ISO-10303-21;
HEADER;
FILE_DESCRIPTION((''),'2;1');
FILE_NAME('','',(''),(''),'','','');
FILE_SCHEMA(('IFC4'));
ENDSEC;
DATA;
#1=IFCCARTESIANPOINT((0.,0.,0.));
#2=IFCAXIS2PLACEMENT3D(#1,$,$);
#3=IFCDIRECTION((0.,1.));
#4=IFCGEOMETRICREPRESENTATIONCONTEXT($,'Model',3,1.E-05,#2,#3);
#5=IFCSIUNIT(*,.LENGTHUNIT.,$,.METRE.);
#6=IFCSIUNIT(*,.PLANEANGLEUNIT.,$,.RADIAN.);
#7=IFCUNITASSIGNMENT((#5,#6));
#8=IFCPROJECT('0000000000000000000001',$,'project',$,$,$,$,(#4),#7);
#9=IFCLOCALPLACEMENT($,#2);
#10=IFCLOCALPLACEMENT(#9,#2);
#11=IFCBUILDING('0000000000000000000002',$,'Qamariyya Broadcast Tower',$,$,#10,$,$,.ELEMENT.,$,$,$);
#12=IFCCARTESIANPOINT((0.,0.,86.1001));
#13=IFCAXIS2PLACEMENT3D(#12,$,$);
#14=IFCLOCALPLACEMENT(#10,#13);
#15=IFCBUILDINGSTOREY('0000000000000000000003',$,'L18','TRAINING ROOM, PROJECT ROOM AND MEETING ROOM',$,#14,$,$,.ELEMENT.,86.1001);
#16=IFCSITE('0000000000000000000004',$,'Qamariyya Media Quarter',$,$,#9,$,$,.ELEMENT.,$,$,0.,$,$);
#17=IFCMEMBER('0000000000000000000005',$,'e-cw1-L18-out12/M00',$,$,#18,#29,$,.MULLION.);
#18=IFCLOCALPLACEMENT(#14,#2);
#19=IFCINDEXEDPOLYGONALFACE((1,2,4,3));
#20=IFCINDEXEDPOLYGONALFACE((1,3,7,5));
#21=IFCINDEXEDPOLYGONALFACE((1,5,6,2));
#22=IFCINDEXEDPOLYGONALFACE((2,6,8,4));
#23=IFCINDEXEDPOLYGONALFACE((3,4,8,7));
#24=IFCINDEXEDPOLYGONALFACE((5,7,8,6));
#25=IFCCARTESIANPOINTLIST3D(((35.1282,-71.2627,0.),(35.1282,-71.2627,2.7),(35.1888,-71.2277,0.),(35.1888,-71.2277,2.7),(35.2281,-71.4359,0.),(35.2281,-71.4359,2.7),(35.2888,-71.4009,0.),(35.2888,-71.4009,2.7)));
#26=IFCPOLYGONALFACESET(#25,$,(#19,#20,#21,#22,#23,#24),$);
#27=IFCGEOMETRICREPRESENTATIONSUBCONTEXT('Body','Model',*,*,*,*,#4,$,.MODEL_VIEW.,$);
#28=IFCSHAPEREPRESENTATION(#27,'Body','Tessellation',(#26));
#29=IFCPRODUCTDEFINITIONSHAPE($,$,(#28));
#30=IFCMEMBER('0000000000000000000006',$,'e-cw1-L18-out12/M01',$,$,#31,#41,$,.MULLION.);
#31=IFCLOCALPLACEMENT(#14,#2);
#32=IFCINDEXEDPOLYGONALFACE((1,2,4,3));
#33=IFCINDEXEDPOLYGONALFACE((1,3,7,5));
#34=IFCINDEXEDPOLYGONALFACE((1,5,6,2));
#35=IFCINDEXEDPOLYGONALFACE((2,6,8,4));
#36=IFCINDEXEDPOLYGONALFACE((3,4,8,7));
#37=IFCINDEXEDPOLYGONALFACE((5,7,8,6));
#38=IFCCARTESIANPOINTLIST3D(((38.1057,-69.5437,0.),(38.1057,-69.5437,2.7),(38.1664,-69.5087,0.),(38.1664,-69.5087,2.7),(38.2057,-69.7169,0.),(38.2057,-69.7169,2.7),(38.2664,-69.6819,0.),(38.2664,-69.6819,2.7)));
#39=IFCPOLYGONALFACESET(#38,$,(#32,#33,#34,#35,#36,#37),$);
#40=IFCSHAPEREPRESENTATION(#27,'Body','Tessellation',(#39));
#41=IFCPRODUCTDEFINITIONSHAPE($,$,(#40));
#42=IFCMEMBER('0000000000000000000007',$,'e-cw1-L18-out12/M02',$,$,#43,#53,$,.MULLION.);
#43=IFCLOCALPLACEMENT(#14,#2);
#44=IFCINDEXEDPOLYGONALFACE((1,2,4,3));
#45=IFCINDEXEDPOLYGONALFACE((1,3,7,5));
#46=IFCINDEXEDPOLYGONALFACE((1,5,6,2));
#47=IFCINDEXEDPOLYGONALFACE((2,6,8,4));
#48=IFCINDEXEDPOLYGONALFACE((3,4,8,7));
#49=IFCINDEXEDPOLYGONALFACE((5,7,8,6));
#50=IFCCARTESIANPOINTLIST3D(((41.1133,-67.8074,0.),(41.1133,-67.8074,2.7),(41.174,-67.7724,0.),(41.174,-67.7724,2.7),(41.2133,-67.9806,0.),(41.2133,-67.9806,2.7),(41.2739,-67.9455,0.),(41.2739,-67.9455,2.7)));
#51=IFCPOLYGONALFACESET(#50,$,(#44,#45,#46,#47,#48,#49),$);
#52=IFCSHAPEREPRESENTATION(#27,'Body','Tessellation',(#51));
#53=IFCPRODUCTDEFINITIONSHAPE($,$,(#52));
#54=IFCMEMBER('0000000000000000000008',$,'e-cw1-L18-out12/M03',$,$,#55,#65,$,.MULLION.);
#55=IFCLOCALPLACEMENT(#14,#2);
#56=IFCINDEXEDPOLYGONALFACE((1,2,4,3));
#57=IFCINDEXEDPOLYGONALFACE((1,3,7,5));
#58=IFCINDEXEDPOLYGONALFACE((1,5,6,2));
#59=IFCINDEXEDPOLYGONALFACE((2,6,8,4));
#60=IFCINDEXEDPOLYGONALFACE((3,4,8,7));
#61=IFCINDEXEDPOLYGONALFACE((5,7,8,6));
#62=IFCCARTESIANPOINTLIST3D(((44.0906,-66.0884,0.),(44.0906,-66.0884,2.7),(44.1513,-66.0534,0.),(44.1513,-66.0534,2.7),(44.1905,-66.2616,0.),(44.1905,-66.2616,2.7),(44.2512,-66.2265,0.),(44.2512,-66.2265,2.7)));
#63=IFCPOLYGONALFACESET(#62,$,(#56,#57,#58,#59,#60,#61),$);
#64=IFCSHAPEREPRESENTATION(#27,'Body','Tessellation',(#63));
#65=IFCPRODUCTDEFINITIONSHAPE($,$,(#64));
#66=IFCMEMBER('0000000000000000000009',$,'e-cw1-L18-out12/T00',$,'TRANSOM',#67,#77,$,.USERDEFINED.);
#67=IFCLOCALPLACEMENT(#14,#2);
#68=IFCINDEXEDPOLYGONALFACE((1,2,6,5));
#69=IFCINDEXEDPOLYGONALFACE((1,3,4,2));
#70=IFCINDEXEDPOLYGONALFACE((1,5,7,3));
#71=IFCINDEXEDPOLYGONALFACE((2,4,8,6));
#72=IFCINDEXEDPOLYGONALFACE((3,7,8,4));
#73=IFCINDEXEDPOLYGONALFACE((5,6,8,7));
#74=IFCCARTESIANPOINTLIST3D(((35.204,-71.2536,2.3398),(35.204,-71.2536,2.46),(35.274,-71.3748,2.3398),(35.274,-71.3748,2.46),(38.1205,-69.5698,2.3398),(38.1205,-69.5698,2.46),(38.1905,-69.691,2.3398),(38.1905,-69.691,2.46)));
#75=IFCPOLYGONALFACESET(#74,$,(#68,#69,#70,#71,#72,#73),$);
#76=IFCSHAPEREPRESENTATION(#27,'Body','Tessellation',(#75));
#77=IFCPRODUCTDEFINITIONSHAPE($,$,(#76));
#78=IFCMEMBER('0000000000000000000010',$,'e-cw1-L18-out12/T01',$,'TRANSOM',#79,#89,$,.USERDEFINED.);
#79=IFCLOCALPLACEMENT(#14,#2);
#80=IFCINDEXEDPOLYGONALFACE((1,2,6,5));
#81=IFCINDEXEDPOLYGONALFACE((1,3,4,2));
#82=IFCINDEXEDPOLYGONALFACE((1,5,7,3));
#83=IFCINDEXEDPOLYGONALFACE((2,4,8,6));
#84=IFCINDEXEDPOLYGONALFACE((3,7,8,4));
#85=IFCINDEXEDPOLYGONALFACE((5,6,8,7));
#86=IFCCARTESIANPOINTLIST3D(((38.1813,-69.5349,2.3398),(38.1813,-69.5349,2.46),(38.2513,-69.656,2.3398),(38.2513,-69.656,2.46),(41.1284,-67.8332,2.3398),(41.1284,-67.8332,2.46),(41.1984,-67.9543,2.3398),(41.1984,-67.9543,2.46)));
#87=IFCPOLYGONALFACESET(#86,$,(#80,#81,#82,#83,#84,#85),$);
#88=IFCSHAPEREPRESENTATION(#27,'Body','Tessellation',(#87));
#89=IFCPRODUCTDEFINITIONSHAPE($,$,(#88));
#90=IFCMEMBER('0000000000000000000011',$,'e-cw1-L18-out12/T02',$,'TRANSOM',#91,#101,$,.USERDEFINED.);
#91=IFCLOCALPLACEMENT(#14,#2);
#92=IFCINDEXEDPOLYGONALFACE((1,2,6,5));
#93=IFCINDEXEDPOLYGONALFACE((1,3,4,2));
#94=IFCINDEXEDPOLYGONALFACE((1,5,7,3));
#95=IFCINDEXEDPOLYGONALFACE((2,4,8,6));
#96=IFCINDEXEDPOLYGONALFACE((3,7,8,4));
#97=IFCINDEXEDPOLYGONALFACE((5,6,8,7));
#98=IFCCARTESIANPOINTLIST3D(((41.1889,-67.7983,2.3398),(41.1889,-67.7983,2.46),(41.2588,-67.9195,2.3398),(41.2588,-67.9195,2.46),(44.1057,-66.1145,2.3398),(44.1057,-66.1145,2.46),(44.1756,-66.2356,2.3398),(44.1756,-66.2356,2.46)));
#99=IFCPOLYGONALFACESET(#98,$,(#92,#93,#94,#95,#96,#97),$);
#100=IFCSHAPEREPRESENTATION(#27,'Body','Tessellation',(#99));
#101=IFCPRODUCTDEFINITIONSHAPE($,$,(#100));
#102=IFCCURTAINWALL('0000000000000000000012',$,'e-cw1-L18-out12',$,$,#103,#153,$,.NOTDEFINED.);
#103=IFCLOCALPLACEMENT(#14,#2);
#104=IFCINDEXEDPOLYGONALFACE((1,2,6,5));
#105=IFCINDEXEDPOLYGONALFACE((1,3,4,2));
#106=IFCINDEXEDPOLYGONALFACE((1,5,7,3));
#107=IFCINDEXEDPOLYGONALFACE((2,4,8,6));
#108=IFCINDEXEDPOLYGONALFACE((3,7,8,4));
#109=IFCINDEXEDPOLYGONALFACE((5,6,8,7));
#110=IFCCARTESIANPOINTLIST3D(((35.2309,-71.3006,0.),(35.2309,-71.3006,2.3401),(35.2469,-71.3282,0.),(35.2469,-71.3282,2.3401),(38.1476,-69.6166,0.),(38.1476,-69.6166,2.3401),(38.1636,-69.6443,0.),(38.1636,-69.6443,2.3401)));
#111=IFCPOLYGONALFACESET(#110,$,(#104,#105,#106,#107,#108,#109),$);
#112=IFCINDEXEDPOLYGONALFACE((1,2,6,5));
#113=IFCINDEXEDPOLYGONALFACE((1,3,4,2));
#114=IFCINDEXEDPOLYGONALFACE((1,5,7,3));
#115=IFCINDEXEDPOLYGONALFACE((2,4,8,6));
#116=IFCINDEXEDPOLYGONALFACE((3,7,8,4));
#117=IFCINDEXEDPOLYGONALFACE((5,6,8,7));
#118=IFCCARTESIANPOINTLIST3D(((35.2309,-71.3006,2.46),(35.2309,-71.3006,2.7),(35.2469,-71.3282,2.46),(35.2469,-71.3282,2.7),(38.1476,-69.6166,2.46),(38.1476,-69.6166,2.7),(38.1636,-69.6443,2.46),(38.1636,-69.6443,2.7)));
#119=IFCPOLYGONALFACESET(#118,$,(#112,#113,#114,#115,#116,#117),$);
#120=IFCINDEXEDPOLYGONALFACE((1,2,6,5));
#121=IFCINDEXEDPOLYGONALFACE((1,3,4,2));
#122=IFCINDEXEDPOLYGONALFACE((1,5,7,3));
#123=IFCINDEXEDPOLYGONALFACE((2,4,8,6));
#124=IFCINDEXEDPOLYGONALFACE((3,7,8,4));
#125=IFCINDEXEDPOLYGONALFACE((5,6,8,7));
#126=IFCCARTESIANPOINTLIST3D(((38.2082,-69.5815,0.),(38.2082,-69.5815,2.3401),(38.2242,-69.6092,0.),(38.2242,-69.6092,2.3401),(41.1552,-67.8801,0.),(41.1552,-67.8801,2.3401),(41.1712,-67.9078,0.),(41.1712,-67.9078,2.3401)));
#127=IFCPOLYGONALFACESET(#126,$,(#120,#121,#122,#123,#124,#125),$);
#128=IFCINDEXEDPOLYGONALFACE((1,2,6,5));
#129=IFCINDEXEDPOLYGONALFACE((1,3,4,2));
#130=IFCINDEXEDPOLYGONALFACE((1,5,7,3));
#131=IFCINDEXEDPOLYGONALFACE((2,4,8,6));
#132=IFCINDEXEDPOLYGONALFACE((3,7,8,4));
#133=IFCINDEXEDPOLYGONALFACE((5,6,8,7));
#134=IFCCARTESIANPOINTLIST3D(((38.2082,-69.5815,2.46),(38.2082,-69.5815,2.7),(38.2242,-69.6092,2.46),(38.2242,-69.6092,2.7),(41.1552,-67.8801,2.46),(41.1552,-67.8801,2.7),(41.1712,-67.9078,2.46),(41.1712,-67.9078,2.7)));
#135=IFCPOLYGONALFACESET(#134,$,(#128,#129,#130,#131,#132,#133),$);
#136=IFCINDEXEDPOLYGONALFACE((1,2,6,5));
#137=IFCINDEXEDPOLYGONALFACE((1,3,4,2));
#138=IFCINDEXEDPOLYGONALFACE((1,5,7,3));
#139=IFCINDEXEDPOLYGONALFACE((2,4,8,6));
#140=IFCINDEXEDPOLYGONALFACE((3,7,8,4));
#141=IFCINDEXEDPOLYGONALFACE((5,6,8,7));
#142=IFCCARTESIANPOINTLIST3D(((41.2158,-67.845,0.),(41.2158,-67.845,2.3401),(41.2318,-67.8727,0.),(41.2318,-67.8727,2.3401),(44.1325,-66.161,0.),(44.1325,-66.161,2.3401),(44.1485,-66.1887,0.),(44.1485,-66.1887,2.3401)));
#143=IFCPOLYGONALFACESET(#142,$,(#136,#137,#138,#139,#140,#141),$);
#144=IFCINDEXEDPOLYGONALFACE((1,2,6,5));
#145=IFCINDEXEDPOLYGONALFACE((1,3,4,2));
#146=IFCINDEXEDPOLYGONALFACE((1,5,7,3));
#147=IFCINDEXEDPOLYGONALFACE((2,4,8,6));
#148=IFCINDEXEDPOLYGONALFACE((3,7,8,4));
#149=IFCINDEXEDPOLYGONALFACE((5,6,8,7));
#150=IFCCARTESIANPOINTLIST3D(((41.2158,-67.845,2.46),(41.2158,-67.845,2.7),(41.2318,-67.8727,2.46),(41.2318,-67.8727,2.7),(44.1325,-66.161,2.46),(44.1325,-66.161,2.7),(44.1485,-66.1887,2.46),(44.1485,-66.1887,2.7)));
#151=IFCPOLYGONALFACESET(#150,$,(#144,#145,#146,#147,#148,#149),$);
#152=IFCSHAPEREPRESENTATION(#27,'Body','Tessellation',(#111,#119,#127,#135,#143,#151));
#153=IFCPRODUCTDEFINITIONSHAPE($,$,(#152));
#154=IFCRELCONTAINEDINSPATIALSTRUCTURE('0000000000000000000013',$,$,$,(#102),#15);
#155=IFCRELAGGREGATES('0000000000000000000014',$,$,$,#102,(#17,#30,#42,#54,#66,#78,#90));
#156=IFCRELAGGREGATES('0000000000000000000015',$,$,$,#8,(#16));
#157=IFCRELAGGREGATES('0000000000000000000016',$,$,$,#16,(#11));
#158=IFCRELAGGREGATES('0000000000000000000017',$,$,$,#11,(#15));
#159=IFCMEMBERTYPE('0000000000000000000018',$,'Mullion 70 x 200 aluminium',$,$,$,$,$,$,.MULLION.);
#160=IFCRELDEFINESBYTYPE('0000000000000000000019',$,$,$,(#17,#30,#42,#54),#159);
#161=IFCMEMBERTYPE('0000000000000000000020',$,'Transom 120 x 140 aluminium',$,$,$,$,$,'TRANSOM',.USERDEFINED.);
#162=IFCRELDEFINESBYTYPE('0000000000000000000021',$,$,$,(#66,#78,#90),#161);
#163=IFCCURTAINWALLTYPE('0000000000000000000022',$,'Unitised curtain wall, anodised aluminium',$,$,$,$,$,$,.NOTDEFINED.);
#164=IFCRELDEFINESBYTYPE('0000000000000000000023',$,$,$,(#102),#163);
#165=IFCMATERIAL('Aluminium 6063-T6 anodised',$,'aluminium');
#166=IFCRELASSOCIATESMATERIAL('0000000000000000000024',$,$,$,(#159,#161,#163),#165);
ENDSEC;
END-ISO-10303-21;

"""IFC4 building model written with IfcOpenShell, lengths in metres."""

from ifc_helpers import new_model, si_unit, direction, frame, origin, origin_2d, place, context, subcontext, project, spatial, rectangle, extrude, material, material_profile, profile_set, type_object, element, aggregate, save


model = new_model("IFC4")

# Units and contexts
model_context = context("Model", 3, precision=1e-05, world=origin(), true_north=direction((0.0, 1.0)))
body_context = subcontext(model_context, "Body", "Model", "MODEL_VIEW")
ifc_project = project(units=[si_unit("LENGTHUNIT", "METRE"), si_unit("PLANEANGLEUNIT", "RADIAN")], contexts=[model_context])

# Members
ifc_material = material(Name="Aluminium 6063-T6 anodised", Category="aluminium")
ifc_material_profile_1 = material_profile(ifc_material, rectangle(XDim=0.2, YDim=0.0701, at=origin_2d()))
ifc_profile_set_1 = profile_set([ifc_material_profile_1], Name="Aluminium 6063-T6 anodised")
member_type_1 = type_object("IfcMemberType", Name="Mullion 70 x 200 aluminium", PredefinedType="MULLION", material=ifc_profile_set_1)
site_placement = place(None, origin())
building_placement = place(site_placement, origin())
storey_placement = place(building_placement, frame((0.0, 0.0, 86.1001)))
member_1_placement = place(storey_placement, frame((35.2085, -71.3318, 0.0), z_axis=(0.0, 0.0, 1.0), x_axis=(-0.5, 0.866025, 0.0)))
member_1 = element("IfcMember", 1, at=member_1_placement, type_object=member_type_1, Name="e-cw1-L18-out12/M00", PredefinedType="MULLION", context=body_context, shape_type="SweptSolid", body=[
    extrude(rectangle(XDim=0.2, YDim=0.0701, at=origin_2d()), origin(), (0.0, 0.0, 1.0), 2.7),
])
member_2_placement = place(storey_placement, frame((38.186, -69.6128, 0.0), z_axis=(0.0, 0.0, 1.0), x_axis=(-0.5, 0.866025, 0.0)))
member_2 = element("IfcMember", 2, at=member_2_placement, type_object=member_type_1, Name="e-cw1-L18-out12/M01", PredefinedType="MULLION", context=body_context, shape_type="SweptSolid", body=[
    extrude(rectangle(XDim=0.2, YDim=0.0701, at=origin_2d()), origin(), (0.0, 0.0, 1.0), 2.7),
])
member_3_placement = place(storey_placement, frame((41.1936, -67.8765, 0.0), z_axis=(0.0, 0.0, 1.0), x_axis=(-0.5, 0.866025, 0.0)))
member_3 = element("IfcMember", 3, at=member_3_placement, type_object=member_type_1, Name="e-cw1-L18-out12/M02", PredefinedType="MULLION", context=body_context, shape_type="SweptSolid", body=[
    extrude(rectangle(XDim=0.2, YDim=0.0701, at=origin_2d()), origin(), (0.0, 0.0, 1.0), 2.7),
])
member_4_placement = place(storey_placement, frame((44.1709, -66.1575, 0.0), z_axis=(0.0, 0.0, 1.0), x_axis=(-0.5, 0.866025, 0.0)))
member_4 = element("IfcMember", 4, at=member_4_placement, type_object=member_type_1, Name="e-cw1-L18-out12/M03", PredefinedType="MULLION", context=body_context, shape_type="SweptSolid", body=[
    extrude(rectangle(XDim=0.2, YDim=0.0701, at=origin_2d()), origin(), (0.0, 0.0, 1.0), 2.7),
])
ifc_material_profile_2 = material_profile(ifc_material, rectangle(XDim=0.1399, YDim=0.1201, at=origin_2d()))
ifc_profile_set_2 = profile_set([ifc_material_profile_2], Name="Aluminium 6063-T6 anodised")
member_type_2 = type_object("IfcMemberType", Name="Transom 120 x 140 aluminium", ElementType="TRANSOM", PredefinedType="USERDEFINED", material=ifc_profile_set_2)
member_5_placement = place(storey_placement, frame((35.239, -71.3142, 2.3999), z_axis=(0.866026, 0.499999, 0.0), x_axis=(-0.499999, 0.866026, 0.0)))
member_5 = element("IfcMember", 5, at=member_5_placement, type_object=member_type_2, Name="e-cw1-L18-out12/T00", ObjectType="TRANSOM", PredefinedType="USERDEFINED", context=body_context, shape_type="SweptSolid", body=[
    extrude(rectangle(XDim=0.1399, YDim=0.1201, at=origin_2d()), origin(), (0.0, 0.0, 1.0), 3.3677),
])
member_6_placement = place(storey_placement, frame((38.2163, -69.5955, 2.3999), z_axis=(0.866, 0.500043, 0.0), x_axis=(-0.500043, 0.866, 0.0)))
member_6 = element("IfcMember", 6, at=member_6_placement, type_object=member_type_2, Name="e-cw1-L18-out12/T01", ObjectType="TRANSOM", PredefinedType="USERDEFINED", context=body_context, shape_type="SweptSolid", body=[
    extrude(rectangle(XDim=0.1399, YDim=0.1201, at=origin_2d()), origin(), (0.0, 0.0, 1.0), 3.4031),
])
member_7_placement = place(storey_placement, frame((41.2239, -67.8589, 2.3999), z_axis=(0.866044, 0.499967, 0.0), x_axis=(-0.499967, 0.866044, 0.0)))
member_7 = element("IfcMember", 7, at=member_7_placement, type_object=member_type_2, Name="e-cw1-L18-out12/T02", ObjectType="TRANSOM", PredefinedType="USERDEFINED", context=body_context, shape_type="SweptSolid", body=[
    extrude(rectangle(XDim=0.1399, YDim=0.1201, at=origin_2d()), origin(), (0.0, 0.0, 1.0), 3.3679),
])

# Site, building, storey
site = spatial("IfcSite", under=ifc_project, at=site_placement, Name="Qamariyya Media Quarter", CompositionType="ELEMENT", RefElevation=0.0)
building = spatial("IfcBuilding", under=site, at=building_placement, Name="Qamariyya Broadcast Tower", CompositionType="ELEMENT")
storey = spatial("IfcBuildingStorey", under=building, at=storey_placement, Name="L18", Description="TRAINING ROOM, PROJECT ROOM AND MEETING ROOM", CompositionType="ELEMENT", Elevation=86.1001)

# Curtain wall
curtain_wall_type = type_object("IfcCurtainWallType", Name="Unitised curtain wall, anodised aluminium", PredefinedType="NOTDEFINED", material=ifc_material)
curtain_wall_1_placement = place(storey_placement, origin())
curtain_wall_1 = element("IfcCurtainWall", 8, at=curtain_wall_1_placement, inside=storey, type_object=curtain_wall_type, Name="e-cw1-L18-out12", PredefinedType="NOTDEFINED", context=body_context, shape_type="SweptSolid", body=[
    extrude(rectangle(XDim=3.3679, YDim=0.032, at=origin_2d()), frame((36.6973, -70.4724, 0.0), x_axis=(0.866022, 0.500005, 0.0)), (0.0, 0.0, 1.0), 2.3401),
    extrude(rectangle(XDim=3.3679, YDim=0.032, at=origin_2d()), frame((36.6973, -70.4724, 2.46), x_axis=(0.866022, 0.500005, 0.0)), (0.0, 0.0, 1.0), 0.24),
    extrude(rectangle(XDim=3.4028, YDim=0.032, at=origin_2d()), frame((39.6897, -68.7446, 0.0), x_axis=(0.866022, 0.500005, 0.0)), (0.0, 0.0, 1.0), 2.3401),
    extrude(rectangle(XDim=3.4028, YDim=0.032, at=origin_2d()), frame((39.6897, -68.7446, 2.46), x_axis=(0.866022, 0.500005, 0.0)), (0.0, 0.0, 1.0), 0.24),
    extrude(rectangle(XDim=3.3679, YDim=0.032, at=origin_2d()), frame((42.6821, -67.0168, 0.0), x_axis=(0.866022, 0.500005, 0.0)), (0.0, 0.0, 1.0), 2.3401),
    extrude(rectangle(XDim=3.3679, YDim=0.032, at=origin_2d()), frame((42.6821, -67.0168, 2.46), x_axis=(0.866022, 0.500005, 0.0)), (0.0, 0.0, 1.0), 0.24),
])
aggregate(curtain_wall_1, [member_1, member_2, member_3, member_4, member_5, member_6, member_7])

save(model, "model.ifc")
